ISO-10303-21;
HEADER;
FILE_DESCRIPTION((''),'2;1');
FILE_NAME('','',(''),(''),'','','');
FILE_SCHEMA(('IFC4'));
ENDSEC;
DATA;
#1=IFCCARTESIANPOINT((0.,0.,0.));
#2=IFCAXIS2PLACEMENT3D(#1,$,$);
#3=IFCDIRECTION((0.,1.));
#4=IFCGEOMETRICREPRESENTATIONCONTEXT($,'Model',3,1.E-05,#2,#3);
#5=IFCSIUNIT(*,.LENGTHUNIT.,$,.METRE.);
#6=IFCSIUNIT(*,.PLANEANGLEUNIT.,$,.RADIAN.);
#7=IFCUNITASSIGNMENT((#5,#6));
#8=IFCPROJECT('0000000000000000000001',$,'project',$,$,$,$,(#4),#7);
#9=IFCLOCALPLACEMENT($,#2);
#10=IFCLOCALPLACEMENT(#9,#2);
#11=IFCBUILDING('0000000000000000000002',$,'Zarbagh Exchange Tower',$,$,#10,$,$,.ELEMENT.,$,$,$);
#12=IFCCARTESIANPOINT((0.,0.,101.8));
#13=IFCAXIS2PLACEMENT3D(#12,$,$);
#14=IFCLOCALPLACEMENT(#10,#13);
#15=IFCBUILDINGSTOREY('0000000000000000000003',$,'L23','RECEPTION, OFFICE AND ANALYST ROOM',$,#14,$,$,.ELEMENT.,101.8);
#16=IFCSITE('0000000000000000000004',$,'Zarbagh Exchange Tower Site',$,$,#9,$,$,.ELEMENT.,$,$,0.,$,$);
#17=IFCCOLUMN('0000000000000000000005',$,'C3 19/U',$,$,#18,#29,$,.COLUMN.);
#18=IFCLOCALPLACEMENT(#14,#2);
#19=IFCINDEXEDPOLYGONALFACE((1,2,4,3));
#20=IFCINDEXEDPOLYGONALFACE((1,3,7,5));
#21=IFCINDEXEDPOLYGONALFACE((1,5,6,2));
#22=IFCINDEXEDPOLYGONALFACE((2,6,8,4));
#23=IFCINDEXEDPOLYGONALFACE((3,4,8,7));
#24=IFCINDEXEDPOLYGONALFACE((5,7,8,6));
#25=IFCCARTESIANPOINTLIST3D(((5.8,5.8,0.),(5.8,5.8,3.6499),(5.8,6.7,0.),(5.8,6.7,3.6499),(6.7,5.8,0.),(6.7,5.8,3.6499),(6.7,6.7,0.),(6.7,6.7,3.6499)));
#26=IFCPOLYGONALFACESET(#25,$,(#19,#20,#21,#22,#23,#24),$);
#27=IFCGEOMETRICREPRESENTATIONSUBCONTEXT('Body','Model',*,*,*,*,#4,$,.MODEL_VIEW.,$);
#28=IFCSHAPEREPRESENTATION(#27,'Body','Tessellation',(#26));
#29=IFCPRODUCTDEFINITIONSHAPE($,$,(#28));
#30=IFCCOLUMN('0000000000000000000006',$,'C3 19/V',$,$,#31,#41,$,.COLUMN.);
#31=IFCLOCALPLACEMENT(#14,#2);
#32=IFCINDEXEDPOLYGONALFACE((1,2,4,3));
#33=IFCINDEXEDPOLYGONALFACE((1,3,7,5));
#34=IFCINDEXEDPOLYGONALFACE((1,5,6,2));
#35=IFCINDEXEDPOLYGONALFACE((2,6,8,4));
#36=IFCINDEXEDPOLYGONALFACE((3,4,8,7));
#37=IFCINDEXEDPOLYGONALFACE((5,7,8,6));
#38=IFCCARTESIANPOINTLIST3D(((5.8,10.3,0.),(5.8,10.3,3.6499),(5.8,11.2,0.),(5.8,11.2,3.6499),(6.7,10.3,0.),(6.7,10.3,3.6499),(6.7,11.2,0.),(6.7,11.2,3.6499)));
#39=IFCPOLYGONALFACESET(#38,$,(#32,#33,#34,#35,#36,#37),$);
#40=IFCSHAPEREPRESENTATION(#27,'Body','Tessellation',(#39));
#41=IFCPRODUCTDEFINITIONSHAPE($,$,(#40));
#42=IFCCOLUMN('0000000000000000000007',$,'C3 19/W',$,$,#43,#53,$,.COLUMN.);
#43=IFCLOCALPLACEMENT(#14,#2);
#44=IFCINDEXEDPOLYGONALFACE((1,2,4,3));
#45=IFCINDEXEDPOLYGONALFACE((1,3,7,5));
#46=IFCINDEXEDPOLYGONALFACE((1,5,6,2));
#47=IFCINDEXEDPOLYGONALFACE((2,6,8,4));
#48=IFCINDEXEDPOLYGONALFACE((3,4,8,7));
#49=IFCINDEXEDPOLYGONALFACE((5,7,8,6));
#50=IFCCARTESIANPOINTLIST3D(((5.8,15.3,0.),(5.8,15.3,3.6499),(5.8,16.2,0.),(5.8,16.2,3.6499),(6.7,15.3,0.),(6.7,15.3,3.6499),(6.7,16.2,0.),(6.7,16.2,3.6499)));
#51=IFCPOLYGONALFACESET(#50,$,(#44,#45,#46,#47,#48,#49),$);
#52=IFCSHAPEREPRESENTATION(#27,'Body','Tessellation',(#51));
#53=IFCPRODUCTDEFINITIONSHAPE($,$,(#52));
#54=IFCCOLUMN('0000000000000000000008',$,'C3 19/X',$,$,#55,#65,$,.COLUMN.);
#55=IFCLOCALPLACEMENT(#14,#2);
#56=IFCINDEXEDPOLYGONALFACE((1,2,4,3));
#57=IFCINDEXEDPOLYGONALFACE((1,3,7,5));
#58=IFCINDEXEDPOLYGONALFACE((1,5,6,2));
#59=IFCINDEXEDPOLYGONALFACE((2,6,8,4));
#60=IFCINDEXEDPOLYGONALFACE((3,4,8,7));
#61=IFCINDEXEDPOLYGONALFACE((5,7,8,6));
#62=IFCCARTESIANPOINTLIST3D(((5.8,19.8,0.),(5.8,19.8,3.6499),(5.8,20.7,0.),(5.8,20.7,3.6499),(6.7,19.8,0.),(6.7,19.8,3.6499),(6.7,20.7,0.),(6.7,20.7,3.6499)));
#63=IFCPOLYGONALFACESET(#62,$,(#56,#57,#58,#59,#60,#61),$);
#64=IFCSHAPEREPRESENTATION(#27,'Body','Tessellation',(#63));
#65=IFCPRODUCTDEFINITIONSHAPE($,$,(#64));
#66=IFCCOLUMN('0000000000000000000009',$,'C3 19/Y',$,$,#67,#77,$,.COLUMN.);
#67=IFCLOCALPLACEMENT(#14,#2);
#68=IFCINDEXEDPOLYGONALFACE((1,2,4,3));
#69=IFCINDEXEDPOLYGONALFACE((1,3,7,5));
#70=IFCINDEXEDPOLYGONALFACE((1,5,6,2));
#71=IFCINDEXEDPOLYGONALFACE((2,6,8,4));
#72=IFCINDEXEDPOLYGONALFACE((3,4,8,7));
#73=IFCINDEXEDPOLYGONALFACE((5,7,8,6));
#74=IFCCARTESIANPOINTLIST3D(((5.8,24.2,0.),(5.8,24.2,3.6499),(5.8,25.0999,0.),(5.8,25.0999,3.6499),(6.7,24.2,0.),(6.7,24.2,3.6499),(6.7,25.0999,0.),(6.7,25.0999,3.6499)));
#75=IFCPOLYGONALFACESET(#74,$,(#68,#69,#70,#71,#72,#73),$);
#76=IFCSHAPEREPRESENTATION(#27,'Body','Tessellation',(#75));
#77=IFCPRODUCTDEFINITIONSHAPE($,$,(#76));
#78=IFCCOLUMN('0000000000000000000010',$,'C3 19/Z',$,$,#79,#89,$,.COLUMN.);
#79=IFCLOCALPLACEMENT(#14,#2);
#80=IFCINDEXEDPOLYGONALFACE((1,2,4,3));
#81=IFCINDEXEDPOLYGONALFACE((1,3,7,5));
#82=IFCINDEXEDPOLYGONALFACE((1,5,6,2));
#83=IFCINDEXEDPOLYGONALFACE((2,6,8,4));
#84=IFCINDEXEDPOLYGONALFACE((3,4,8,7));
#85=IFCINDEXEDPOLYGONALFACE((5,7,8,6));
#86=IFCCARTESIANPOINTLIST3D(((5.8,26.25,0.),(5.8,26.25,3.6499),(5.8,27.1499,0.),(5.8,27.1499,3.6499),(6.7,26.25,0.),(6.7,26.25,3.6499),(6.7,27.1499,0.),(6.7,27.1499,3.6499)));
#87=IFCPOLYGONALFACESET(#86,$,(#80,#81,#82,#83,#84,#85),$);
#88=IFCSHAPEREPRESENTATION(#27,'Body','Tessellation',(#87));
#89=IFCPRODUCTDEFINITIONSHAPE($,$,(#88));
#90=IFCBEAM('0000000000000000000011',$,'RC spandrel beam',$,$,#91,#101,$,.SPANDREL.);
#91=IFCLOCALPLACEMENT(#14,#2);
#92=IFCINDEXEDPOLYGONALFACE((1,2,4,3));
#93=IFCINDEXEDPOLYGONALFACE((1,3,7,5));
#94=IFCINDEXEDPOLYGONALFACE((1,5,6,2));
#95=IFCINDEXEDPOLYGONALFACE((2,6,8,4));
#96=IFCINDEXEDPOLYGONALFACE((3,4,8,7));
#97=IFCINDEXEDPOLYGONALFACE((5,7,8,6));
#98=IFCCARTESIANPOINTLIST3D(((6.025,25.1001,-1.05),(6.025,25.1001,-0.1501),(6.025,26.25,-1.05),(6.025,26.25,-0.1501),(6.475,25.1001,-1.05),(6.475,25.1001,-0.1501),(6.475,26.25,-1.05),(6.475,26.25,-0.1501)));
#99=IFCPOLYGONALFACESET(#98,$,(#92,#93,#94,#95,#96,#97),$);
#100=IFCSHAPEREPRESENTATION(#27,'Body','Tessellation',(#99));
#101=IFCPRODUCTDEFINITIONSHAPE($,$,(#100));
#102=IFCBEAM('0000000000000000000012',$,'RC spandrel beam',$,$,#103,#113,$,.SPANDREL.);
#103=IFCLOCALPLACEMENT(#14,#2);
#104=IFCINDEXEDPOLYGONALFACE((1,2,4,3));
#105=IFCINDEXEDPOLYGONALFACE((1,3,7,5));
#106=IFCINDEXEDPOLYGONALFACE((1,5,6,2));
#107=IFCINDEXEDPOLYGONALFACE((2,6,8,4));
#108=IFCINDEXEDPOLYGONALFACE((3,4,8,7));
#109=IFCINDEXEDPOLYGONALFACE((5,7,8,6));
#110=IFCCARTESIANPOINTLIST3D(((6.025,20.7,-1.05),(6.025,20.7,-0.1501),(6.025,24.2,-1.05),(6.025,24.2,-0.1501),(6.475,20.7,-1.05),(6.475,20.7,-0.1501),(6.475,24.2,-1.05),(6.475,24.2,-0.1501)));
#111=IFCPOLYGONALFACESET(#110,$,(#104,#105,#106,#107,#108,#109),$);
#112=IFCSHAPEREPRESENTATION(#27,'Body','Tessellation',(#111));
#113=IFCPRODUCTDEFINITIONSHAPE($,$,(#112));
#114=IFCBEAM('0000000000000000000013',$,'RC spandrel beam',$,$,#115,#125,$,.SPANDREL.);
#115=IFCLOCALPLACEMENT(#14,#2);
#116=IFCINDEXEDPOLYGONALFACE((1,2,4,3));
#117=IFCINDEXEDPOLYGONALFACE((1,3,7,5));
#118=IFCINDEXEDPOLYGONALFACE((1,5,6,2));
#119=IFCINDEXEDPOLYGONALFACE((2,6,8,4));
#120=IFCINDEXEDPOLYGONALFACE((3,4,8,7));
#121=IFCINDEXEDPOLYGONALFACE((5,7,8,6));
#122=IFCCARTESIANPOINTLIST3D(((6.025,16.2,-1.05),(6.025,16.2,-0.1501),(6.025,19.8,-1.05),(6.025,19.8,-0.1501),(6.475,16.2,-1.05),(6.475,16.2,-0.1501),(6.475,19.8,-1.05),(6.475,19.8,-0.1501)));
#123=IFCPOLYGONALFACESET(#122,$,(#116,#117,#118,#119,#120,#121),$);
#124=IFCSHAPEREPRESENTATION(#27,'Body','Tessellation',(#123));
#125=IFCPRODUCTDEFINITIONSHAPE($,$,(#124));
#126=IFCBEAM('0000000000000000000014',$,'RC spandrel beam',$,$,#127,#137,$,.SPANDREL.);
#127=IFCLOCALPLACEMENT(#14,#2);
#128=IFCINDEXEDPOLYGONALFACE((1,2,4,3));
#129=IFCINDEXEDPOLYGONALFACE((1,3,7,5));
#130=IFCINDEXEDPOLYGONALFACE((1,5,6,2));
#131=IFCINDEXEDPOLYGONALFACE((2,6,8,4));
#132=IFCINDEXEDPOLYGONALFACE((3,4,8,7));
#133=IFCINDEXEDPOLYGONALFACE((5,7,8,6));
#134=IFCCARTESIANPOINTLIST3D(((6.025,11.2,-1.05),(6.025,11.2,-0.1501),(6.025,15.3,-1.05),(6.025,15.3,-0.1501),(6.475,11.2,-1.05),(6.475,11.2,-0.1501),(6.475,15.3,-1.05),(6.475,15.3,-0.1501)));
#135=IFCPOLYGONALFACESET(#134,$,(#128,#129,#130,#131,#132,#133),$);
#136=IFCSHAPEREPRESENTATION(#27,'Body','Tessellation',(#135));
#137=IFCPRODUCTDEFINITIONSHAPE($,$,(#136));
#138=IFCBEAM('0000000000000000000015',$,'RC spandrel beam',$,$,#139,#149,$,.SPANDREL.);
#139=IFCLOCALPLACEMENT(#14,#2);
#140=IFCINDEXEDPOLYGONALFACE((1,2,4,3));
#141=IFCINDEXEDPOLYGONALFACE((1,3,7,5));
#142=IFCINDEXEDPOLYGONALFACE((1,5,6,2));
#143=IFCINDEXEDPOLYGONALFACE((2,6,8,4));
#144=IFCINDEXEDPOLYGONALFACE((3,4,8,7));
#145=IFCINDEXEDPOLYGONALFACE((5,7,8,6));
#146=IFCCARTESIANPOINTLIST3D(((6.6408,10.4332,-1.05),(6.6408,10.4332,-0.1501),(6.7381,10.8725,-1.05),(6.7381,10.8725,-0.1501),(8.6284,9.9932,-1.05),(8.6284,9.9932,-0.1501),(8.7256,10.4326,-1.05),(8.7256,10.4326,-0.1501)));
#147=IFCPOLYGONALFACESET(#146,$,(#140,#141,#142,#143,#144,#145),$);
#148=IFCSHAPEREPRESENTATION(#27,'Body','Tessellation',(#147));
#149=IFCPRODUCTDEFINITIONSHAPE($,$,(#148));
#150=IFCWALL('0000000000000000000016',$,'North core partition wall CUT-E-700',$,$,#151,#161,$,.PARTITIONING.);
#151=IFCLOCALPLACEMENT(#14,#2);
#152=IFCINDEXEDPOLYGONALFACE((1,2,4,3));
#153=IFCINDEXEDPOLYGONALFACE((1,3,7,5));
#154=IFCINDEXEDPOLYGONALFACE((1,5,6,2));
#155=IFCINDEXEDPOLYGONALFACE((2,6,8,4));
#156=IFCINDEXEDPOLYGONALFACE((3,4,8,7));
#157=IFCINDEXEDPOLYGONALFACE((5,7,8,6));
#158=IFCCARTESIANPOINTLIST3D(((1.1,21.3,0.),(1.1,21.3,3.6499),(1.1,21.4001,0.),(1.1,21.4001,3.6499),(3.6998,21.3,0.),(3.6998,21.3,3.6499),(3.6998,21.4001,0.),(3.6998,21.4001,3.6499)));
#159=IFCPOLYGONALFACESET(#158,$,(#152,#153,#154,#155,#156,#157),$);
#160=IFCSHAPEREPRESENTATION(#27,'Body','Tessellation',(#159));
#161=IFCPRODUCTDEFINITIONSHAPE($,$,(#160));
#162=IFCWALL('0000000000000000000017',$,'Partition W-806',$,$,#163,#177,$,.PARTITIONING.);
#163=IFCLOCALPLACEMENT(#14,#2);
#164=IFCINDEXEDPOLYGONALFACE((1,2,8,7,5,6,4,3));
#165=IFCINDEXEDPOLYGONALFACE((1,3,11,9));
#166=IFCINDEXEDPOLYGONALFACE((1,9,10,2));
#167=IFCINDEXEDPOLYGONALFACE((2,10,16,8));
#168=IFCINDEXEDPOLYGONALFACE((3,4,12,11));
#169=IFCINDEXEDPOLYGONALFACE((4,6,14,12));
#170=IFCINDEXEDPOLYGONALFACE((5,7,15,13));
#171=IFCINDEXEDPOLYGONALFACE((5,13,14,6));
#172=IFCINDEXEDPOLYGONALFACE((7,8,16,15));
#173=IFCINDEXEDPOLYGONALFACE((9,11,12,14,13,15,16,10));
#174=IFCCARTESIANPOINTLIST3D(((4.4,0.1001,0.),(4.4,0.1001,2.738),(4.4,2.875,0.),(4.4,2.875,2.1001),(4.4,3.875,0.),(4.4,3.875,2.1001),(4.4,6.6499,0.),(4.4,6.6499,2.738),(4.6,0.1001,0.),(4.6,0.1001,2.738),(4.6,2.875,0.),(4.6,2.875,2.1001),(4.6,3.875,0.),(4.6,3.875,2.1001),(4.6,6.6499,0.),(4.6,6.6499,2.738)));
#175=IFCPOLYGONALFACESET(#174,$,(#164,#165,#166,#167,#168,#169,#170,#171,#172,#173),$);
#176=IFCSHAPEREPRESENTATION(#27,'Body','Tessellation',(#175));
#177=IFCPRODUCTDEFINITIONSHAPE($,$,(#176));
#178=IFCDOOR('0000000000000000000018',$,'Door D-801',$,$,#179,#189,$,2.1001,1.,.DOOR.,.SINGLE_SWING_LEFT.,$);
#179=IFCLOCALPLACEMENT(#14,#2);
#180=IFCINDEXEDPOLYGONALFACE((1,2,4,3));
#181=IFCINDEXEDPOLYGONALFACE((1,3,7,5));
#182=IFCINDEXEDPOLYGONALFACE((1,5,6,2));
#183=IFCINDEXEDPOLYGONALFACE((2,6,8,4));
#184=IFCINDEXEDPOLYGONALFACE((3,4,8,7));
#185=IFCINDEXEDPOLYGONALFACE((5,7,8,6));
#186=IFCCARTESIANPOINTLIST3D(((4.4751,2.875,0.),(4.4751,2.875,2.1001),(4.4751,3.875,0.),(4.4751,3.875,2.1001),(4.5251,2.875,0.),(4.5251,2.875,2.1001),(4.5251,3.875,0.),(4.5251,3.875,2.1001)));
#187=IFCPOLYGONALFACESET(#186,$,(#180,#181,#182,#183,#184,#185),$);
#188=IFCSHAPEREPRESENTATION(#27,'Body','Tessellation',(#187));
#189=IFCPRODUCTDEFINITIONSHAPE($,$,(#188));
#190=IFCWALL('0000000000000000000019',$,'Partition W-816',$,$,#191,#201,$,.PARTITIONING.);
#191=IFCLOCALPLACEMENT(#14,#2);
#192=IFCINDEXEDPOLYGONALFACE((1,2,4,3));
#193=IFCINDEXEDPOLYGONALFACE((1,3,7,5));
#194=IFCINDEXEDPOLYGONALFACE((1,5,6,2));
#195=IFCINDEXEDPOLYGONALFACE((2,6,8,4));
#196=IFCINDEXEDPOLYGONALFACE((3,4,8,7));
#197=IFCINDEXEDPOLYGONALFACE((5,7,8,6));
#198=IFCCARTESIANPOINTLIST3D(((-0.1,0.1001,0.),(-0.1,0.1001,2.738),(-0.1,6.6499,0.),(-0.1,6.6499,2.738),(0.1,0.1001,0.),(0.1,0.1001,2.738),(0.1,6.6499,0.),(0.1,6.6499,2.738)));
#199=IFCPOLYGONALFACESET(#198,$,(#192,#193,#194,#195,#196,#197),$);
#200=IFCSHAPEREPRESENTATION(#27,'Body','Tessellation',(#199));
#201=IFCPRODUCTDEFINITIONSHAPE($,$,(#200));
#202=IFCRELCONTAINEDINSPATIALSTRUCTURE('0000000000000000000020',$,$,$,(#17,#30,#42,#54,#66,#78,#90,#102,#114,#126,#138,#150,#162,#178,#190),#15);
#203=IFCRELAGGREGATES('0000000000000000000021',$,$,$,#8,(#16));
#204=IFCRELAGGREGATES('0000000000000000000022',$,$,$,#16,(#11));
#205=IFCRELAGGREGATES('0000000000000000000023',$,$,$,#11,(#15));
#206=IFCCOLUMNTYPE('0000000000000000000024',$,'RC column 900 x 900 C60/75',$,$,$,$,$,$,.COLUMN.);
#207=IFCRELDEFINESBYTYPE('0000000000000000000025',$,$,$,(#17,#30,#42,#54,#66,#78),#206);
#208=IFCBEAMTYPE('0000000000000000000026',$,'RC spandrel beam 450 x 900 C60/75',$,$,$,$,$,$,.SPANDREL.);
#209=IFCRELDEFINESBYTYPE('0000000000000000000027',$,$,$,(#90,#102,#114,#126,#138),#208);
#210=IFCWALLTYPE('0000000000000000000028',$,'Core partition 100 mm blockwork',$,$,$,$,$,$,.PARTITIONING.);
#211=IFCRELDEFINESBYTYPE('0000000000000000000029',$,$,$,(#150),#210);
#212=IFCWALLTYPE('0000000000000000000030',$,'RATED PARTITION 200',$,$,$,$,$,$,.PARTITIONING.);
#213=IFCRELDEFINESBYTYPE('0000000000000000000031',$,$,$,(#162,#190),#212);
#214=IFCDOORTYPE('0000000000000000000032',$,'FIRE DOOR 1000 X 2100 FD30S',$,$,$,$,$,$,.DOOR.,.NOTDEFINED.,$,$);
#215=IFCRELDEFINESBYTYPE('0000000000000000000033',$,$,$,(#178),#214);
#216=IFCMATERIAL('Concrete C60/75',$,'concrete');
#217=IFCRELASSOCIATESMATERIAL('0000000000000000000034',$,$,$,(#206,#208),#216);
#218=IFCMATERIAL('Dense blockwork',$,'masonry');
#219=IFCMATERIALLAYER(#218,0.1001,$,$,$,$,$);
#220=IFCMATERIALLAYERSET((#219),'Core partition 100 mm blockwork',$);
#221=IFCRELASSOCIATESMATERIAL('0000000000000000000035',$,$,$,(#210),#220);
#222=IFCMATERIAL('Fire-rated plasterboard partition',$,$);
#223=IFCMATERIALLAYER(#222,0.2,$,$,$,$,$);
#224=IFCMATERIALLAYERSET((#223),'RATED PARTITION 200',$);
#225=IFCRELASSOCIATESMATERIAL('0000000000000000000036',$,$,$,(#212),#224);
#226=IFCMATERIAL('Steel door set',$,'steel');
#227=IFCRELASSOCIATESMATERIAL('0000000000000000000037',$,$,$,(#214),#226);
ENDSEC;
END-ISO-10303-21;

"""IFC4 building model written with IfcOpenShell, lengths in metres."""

from ifc_helpers import new_model, si_unit, direction, frame, frame_2d, origin, origin_2d, place, context, subcontext, project, spatial, rectangle, extrude, material, layer, layer_set, material_profile, profile_set, type_object, element, fill, save


model = new_model("IFC4")

# Units and contexts
model_context = context("Model", 3, precision=1e-05, world=origin(), true_north=direction((0.0, 1.0)))
body_context = subcontext(model_context, "Body", "Model", "MODEL_VIEW")
ifc_project = project(units=[si_unit("LENGTHUNIT", "METRE"), si_unit("PLANEANGLEUNIT", "RADIAN")], contexts=[model_context])

# Site, building, storey
site_placement = place(None, origin())
site = spatial("IfcSite", under=ifc_project, at=site_placement, Name="Zarbagh Exchange Tower Site", CompositionType="ELEMENT", RefElevation=0.0)
building_placement = place(site_placement, origin())
building = spatial("IfcBuilding", under=site, at=building_placement, Name="Zarbagh Exchange Tower", CompositionType="ELEMENT")
storey_placement = place(building_placement, frame((0.0, 0.0, 101.8)))
storey = spatial("IfcBuildingStorey", under=building, at=storey_placement, Name="L23", Description="RECEPTION, OFFICE AND ANALYST ROOM", CompositionType="ELEMENT", Elevation=101.8)

# Columns
ifc_material_1 = material(Name="Concrete C60/75", Category="concrete")
ifc_material_profile_1 = material_profile(ifc_material_1, rectangle(XDim=0.8999, YDim=0.8999, at=origin_2d()), Name="RC column 900 x 900 C60/75")
ifc_profile_set_1 = profile_set([ifc_material_profile_1], Name="Concrete C60/75")
column_type = type_object("IfcColumnType", Name="RC column 900 x 900 C60/75", PredefinedType="COLUMN", material=ifc_profile_set_1)
for number, where, z_axis, x_axis, name in (
    (1, (6.25, 6.25, 0.0), (0.0, 0.0, 1.0), (1.0, 0.0, 0.0), "C3 19/U"),
    (2, (6.25, 10.75, 0.0), (0.0, 0.0, 1.0), (1.0, 0.0, 0.0), "C3 19/V"),
    (3, (6.25, 15.75, 0.0), (0.0, 0.0, 1.0), (1.0, 0.0, 0.0), "C3 19/W"),
    (4, (6.25, 20.25, 0.0), (0.0, 0.0, 1.0), (1.0, 0.0, 0.0), "C3 19/X"),
    (5, (6.25, 24.6499, 0.0), (0.0, 0.0, 1.0), (1.0, 0.0, 0.0), "C3 19/Y"),
    (6, (6.25, 26.7, 0.0), (0.0, 0.0, 1.0), (1.0, 0.0, 0.0), "C3 19/Z"),
):
    element("IfcColumn", number, at=place(storey_placement, frame(where, z_axis=z_axis, x_axis=x_axis)), inside=storey, type_object=column_type, Name=name, PredefinedType="COLUMN", context=body_context, shape_type="SweptSolid", body=[
        extrude(rectangle(XDim=0.8999, YDim=0.8999, at=origin_2d()), origin(), (0.0, 0.0, 1.0), 3.6499),
    ])

# Beams
ifc_material_profile_2 = material_profile(ifc_material_1, rectangle(XDim=0.45, YDim=0.8999, at=origin_2d()), Name="RC spandrel beam 450 x 900 C60/75")
ifc_profile_set_2 = profile_set([ifc_material_profile_2], Name="Concrete C60/75")
beam_type = type_object("IfcBeamType", Name="RC spandrel beam 450 x 900 C60/75", PredefinedType="SPANDREL", material=ifc_profile_set_2)
beam_1_placement = place(storey_placement, frame((6.25, 26.25, -0.6001), z_axis=(0.0, -1.0, 0.0), x_axis=(1.0, 0.0, 0.0)))
element("IfcBeam", 7, at=beam_1_placement, inside=storey, type_object=beam_type, Name="RC spandrel beam", PredefinedType="SPANDREL", context=body_context, shape_type="SweptSolid", body=[
    extrude(rectangle(XDim=0.45, YDim=0.8999, at=origin_2d()), origin(), (0.0, 0.0, 1.0), 1.1499),
])
beam_2_placement = place(storey_placement, frame((6.25, 24.2, -0.6001), z_axis=(0.0, -1.0, 0.0), x_axis=(1.0, 0.0, 0.0)))
element("IfcBeam", 8, at=beam_2_placement, inside=storey, type_object=beam_type, Name="RC spandrel beam", PredefinedType="SPANDREL", context=body_context, shape_type="SweptSolid", body=[
    extrude(rectangle(XDim=0.45, YDim=0.8999, at=origin_2d()), origin(), (0.0, 0.0, 1.0), 3.5),
])
beam_3_placement = place(storey_placement, frame((6.25, 19.8, -0.6001), z_axis=(0.0, -1.0, 0.0), x_axis=(1.0, 0.0, 0.0)))
element("IfcBeam", 9, at=beam_3_placement, inside=storey, type_object=beam_type, Name="RC spandrel beam", PredefinedType="SPANDREL", context=body_context, shape_type="SweptSolid", body=[
    extrude(rectangle(XDim=0.45, YDim=0.8999, at=origin_2d()), origin(), (0.0, 0.0, 1.0), 3.6001),
])
beam_4_placement = place(storey_placement, frame((6.25, 15.3, -0.6001), z_axis=(0.0, -1.0, 0.0), x_axis=(1.0, 0.0, 0.0)))
element("IfcBeam", 10, at=beam_4_placement, inside=storey, type_object=beam_type, Name="RC spandrel beam", PredefinedType="SPANDREL", context=body_context, shape_type="SweptSolid", body=[
    extrude(rectangle(XDim=0.45, YDim=0.8999, at=origin_2d()), origin(), (0.0, 0.0, 1.0), 4.1001),
])
beam_5_placement = place(storey_placement, frame((6.6895, 10.6528, -0.6001), z_axis=(0.976367, -0.216118, 0.0), x_axis=(0.216118, 0.976367, 0.0)))
element("IfcBeam", 11, at=beam_5_placement, inside=storey, type_object=beam_type, Name="RC spandrel beam", PredefinedType="SPANDREL", context=body_context, shape_type="SweptSolid", body=[
    extrude(rectangle(XDim=0.45, YDim=0.8999, at=origin_2d()), origin(), (0.0, 0.0, 1.0), 2.0356),
])

# Wall
ifc_material_2 = material(Name="Dense blockwork", Category="masonry")
ifc_layer_1 = layer(ifc_material_2, 0.1001)
ifc_layer_set_1 = layer_set([ifc_layer_1], Name="Core partition 100 mm blockwork")
wall_type_1 = type_object("IfcWallType", Name="Core partition 100 mm blockwork", PredefinedType="PARTITIONING", material=ifc_layer_set_1)
wall_1_placement = place(storey_placement, frame((1.1001, 21.3501, 0.0), z_axis=(0.0, 0.0, 1.0), x_axis=(1.0, 0.0, 0.0)))
element("IfcWall", 12, at=wall_1_placement, inside=storey, type_object=wall_type_1, Name="North core partition wall CUT-E-700", PredefinedType="PARTITIONING", context=body_context, shape_type="SweptSolid", body=[
    extrude(rectangle(XDim=2.5999, YDim=0.1001, at=frame_2d((1.2998, 0.0))), origin(), (0.0, 0.0, 1.0), 3.6499),
])

# Wall, opening, door
ifc_material_3 = material(Name="Fire-rated plasterboard partition")
ifc_layer_2 = layer(ifc_material_3, 0.2)
ifc_layer_set_2 = layer_set([ifc_layer_2], Name="RATED PARTITION 200")
wall_type_2 = type_object("IfcWallType", Name="RATED PARTITION 200", PredefinedType="PARTITIONING", material=ifc_layer_set_2)
wall_2_placement = place(storey_placement, frame((4.5, 0.1001, 0.0), z_axis=(0.0, 0.0, 1.0), x_axis=(0.0, 1.0, 0.0)))
wall_2 = element("IfcWall", 13, at=wall_2_placement, inside=storey, type_object=wall_type_2, Name="Partition W-806", PredefinedType="PARTITIONING", context=body_context, shape_type="SweptSolid", body=[
    extrude(rectangle(XDim=6.5498, YDim=0.2, at=frame_2d((3.2749, 0.0))), origin(), (0.0, 0.0, 1.0), 2.738),
])
opening_1_placement = place(wall_2_placement, frame((2.7749, 0.0, 0.0)))
opening_1 = element("IfcOpeningElement", 14, at=opening_1_placement, cuts=wall_2, PredefinedType="OPENING", context=body_context, shape_type="SweptSolid", body=[
    extrude(rectangle(XDim=1.0, YDim=2.1001, at=frame_2d((0.5, 1.05))), frame((0.0, 0.1099, 0.0), z_axis=(0.0, -1.0, 0.0), x_axis=(1.0, 0.0, 0.0)), (0.0, 0.0, 1.0), 0.22),
])
ifc_material_4 = material(Name="Steel door set", Category="steel")
door_type_1 = type_object("IfcDoorType", Name="FIRE DOOR 1000 X 2100 FD30S", OperationType="NOTDEFINED", PredefinedType="DOOR", material=ifc_material_4)
door_1_placement = place(opening_1_placement, origin())
door_1 = element("IfcDoor", 15, at=door_1_placement, inside=storey, type_object=door_type_1, Name="Door D-801", OperationType="SINGLE_SWING_LEFT", OverallHeight=2.1001, OverallWidth=1.0, PredefinedType="DOOR", context=body_context, shape_type="SweptSolid", body=[
    extrude(rectangle(XDim=1.0, YDim=2.1001, at=frame_2d((0.5, 1.05))), frame((0.0, 0.0249, 0.0), z_axis=(0.0, -1.0, 0.0), x_axis=(1.0, 0.0, 0.0)), (0.0, 0.0, 1.0), 0.05),
])
fill(opening_1, door_1)

# Wall
wall_3_placement = place(storey_placement, frame((0.0, 0.1001, 0.0), z_axis=(0.0, 0.0, 1.0), x_axis=(0.0, 1.0, 0.0)))
element("IfcWall", 16, at=wall_3_placement, inside=storey, type_object=wall_type_2, Name="Partition W-816", PredefinedType="PARTITIONING", context=body_context, shape_type="SweptSolid", body=[
    extrude(rectangle(XDim=6.5498, YDim=0.2, at=frame_2d((3.2749, 0.0))), origin(), (0.0, 0.0, 1.0), 2.738),
])

save(model, "model.ifc")
